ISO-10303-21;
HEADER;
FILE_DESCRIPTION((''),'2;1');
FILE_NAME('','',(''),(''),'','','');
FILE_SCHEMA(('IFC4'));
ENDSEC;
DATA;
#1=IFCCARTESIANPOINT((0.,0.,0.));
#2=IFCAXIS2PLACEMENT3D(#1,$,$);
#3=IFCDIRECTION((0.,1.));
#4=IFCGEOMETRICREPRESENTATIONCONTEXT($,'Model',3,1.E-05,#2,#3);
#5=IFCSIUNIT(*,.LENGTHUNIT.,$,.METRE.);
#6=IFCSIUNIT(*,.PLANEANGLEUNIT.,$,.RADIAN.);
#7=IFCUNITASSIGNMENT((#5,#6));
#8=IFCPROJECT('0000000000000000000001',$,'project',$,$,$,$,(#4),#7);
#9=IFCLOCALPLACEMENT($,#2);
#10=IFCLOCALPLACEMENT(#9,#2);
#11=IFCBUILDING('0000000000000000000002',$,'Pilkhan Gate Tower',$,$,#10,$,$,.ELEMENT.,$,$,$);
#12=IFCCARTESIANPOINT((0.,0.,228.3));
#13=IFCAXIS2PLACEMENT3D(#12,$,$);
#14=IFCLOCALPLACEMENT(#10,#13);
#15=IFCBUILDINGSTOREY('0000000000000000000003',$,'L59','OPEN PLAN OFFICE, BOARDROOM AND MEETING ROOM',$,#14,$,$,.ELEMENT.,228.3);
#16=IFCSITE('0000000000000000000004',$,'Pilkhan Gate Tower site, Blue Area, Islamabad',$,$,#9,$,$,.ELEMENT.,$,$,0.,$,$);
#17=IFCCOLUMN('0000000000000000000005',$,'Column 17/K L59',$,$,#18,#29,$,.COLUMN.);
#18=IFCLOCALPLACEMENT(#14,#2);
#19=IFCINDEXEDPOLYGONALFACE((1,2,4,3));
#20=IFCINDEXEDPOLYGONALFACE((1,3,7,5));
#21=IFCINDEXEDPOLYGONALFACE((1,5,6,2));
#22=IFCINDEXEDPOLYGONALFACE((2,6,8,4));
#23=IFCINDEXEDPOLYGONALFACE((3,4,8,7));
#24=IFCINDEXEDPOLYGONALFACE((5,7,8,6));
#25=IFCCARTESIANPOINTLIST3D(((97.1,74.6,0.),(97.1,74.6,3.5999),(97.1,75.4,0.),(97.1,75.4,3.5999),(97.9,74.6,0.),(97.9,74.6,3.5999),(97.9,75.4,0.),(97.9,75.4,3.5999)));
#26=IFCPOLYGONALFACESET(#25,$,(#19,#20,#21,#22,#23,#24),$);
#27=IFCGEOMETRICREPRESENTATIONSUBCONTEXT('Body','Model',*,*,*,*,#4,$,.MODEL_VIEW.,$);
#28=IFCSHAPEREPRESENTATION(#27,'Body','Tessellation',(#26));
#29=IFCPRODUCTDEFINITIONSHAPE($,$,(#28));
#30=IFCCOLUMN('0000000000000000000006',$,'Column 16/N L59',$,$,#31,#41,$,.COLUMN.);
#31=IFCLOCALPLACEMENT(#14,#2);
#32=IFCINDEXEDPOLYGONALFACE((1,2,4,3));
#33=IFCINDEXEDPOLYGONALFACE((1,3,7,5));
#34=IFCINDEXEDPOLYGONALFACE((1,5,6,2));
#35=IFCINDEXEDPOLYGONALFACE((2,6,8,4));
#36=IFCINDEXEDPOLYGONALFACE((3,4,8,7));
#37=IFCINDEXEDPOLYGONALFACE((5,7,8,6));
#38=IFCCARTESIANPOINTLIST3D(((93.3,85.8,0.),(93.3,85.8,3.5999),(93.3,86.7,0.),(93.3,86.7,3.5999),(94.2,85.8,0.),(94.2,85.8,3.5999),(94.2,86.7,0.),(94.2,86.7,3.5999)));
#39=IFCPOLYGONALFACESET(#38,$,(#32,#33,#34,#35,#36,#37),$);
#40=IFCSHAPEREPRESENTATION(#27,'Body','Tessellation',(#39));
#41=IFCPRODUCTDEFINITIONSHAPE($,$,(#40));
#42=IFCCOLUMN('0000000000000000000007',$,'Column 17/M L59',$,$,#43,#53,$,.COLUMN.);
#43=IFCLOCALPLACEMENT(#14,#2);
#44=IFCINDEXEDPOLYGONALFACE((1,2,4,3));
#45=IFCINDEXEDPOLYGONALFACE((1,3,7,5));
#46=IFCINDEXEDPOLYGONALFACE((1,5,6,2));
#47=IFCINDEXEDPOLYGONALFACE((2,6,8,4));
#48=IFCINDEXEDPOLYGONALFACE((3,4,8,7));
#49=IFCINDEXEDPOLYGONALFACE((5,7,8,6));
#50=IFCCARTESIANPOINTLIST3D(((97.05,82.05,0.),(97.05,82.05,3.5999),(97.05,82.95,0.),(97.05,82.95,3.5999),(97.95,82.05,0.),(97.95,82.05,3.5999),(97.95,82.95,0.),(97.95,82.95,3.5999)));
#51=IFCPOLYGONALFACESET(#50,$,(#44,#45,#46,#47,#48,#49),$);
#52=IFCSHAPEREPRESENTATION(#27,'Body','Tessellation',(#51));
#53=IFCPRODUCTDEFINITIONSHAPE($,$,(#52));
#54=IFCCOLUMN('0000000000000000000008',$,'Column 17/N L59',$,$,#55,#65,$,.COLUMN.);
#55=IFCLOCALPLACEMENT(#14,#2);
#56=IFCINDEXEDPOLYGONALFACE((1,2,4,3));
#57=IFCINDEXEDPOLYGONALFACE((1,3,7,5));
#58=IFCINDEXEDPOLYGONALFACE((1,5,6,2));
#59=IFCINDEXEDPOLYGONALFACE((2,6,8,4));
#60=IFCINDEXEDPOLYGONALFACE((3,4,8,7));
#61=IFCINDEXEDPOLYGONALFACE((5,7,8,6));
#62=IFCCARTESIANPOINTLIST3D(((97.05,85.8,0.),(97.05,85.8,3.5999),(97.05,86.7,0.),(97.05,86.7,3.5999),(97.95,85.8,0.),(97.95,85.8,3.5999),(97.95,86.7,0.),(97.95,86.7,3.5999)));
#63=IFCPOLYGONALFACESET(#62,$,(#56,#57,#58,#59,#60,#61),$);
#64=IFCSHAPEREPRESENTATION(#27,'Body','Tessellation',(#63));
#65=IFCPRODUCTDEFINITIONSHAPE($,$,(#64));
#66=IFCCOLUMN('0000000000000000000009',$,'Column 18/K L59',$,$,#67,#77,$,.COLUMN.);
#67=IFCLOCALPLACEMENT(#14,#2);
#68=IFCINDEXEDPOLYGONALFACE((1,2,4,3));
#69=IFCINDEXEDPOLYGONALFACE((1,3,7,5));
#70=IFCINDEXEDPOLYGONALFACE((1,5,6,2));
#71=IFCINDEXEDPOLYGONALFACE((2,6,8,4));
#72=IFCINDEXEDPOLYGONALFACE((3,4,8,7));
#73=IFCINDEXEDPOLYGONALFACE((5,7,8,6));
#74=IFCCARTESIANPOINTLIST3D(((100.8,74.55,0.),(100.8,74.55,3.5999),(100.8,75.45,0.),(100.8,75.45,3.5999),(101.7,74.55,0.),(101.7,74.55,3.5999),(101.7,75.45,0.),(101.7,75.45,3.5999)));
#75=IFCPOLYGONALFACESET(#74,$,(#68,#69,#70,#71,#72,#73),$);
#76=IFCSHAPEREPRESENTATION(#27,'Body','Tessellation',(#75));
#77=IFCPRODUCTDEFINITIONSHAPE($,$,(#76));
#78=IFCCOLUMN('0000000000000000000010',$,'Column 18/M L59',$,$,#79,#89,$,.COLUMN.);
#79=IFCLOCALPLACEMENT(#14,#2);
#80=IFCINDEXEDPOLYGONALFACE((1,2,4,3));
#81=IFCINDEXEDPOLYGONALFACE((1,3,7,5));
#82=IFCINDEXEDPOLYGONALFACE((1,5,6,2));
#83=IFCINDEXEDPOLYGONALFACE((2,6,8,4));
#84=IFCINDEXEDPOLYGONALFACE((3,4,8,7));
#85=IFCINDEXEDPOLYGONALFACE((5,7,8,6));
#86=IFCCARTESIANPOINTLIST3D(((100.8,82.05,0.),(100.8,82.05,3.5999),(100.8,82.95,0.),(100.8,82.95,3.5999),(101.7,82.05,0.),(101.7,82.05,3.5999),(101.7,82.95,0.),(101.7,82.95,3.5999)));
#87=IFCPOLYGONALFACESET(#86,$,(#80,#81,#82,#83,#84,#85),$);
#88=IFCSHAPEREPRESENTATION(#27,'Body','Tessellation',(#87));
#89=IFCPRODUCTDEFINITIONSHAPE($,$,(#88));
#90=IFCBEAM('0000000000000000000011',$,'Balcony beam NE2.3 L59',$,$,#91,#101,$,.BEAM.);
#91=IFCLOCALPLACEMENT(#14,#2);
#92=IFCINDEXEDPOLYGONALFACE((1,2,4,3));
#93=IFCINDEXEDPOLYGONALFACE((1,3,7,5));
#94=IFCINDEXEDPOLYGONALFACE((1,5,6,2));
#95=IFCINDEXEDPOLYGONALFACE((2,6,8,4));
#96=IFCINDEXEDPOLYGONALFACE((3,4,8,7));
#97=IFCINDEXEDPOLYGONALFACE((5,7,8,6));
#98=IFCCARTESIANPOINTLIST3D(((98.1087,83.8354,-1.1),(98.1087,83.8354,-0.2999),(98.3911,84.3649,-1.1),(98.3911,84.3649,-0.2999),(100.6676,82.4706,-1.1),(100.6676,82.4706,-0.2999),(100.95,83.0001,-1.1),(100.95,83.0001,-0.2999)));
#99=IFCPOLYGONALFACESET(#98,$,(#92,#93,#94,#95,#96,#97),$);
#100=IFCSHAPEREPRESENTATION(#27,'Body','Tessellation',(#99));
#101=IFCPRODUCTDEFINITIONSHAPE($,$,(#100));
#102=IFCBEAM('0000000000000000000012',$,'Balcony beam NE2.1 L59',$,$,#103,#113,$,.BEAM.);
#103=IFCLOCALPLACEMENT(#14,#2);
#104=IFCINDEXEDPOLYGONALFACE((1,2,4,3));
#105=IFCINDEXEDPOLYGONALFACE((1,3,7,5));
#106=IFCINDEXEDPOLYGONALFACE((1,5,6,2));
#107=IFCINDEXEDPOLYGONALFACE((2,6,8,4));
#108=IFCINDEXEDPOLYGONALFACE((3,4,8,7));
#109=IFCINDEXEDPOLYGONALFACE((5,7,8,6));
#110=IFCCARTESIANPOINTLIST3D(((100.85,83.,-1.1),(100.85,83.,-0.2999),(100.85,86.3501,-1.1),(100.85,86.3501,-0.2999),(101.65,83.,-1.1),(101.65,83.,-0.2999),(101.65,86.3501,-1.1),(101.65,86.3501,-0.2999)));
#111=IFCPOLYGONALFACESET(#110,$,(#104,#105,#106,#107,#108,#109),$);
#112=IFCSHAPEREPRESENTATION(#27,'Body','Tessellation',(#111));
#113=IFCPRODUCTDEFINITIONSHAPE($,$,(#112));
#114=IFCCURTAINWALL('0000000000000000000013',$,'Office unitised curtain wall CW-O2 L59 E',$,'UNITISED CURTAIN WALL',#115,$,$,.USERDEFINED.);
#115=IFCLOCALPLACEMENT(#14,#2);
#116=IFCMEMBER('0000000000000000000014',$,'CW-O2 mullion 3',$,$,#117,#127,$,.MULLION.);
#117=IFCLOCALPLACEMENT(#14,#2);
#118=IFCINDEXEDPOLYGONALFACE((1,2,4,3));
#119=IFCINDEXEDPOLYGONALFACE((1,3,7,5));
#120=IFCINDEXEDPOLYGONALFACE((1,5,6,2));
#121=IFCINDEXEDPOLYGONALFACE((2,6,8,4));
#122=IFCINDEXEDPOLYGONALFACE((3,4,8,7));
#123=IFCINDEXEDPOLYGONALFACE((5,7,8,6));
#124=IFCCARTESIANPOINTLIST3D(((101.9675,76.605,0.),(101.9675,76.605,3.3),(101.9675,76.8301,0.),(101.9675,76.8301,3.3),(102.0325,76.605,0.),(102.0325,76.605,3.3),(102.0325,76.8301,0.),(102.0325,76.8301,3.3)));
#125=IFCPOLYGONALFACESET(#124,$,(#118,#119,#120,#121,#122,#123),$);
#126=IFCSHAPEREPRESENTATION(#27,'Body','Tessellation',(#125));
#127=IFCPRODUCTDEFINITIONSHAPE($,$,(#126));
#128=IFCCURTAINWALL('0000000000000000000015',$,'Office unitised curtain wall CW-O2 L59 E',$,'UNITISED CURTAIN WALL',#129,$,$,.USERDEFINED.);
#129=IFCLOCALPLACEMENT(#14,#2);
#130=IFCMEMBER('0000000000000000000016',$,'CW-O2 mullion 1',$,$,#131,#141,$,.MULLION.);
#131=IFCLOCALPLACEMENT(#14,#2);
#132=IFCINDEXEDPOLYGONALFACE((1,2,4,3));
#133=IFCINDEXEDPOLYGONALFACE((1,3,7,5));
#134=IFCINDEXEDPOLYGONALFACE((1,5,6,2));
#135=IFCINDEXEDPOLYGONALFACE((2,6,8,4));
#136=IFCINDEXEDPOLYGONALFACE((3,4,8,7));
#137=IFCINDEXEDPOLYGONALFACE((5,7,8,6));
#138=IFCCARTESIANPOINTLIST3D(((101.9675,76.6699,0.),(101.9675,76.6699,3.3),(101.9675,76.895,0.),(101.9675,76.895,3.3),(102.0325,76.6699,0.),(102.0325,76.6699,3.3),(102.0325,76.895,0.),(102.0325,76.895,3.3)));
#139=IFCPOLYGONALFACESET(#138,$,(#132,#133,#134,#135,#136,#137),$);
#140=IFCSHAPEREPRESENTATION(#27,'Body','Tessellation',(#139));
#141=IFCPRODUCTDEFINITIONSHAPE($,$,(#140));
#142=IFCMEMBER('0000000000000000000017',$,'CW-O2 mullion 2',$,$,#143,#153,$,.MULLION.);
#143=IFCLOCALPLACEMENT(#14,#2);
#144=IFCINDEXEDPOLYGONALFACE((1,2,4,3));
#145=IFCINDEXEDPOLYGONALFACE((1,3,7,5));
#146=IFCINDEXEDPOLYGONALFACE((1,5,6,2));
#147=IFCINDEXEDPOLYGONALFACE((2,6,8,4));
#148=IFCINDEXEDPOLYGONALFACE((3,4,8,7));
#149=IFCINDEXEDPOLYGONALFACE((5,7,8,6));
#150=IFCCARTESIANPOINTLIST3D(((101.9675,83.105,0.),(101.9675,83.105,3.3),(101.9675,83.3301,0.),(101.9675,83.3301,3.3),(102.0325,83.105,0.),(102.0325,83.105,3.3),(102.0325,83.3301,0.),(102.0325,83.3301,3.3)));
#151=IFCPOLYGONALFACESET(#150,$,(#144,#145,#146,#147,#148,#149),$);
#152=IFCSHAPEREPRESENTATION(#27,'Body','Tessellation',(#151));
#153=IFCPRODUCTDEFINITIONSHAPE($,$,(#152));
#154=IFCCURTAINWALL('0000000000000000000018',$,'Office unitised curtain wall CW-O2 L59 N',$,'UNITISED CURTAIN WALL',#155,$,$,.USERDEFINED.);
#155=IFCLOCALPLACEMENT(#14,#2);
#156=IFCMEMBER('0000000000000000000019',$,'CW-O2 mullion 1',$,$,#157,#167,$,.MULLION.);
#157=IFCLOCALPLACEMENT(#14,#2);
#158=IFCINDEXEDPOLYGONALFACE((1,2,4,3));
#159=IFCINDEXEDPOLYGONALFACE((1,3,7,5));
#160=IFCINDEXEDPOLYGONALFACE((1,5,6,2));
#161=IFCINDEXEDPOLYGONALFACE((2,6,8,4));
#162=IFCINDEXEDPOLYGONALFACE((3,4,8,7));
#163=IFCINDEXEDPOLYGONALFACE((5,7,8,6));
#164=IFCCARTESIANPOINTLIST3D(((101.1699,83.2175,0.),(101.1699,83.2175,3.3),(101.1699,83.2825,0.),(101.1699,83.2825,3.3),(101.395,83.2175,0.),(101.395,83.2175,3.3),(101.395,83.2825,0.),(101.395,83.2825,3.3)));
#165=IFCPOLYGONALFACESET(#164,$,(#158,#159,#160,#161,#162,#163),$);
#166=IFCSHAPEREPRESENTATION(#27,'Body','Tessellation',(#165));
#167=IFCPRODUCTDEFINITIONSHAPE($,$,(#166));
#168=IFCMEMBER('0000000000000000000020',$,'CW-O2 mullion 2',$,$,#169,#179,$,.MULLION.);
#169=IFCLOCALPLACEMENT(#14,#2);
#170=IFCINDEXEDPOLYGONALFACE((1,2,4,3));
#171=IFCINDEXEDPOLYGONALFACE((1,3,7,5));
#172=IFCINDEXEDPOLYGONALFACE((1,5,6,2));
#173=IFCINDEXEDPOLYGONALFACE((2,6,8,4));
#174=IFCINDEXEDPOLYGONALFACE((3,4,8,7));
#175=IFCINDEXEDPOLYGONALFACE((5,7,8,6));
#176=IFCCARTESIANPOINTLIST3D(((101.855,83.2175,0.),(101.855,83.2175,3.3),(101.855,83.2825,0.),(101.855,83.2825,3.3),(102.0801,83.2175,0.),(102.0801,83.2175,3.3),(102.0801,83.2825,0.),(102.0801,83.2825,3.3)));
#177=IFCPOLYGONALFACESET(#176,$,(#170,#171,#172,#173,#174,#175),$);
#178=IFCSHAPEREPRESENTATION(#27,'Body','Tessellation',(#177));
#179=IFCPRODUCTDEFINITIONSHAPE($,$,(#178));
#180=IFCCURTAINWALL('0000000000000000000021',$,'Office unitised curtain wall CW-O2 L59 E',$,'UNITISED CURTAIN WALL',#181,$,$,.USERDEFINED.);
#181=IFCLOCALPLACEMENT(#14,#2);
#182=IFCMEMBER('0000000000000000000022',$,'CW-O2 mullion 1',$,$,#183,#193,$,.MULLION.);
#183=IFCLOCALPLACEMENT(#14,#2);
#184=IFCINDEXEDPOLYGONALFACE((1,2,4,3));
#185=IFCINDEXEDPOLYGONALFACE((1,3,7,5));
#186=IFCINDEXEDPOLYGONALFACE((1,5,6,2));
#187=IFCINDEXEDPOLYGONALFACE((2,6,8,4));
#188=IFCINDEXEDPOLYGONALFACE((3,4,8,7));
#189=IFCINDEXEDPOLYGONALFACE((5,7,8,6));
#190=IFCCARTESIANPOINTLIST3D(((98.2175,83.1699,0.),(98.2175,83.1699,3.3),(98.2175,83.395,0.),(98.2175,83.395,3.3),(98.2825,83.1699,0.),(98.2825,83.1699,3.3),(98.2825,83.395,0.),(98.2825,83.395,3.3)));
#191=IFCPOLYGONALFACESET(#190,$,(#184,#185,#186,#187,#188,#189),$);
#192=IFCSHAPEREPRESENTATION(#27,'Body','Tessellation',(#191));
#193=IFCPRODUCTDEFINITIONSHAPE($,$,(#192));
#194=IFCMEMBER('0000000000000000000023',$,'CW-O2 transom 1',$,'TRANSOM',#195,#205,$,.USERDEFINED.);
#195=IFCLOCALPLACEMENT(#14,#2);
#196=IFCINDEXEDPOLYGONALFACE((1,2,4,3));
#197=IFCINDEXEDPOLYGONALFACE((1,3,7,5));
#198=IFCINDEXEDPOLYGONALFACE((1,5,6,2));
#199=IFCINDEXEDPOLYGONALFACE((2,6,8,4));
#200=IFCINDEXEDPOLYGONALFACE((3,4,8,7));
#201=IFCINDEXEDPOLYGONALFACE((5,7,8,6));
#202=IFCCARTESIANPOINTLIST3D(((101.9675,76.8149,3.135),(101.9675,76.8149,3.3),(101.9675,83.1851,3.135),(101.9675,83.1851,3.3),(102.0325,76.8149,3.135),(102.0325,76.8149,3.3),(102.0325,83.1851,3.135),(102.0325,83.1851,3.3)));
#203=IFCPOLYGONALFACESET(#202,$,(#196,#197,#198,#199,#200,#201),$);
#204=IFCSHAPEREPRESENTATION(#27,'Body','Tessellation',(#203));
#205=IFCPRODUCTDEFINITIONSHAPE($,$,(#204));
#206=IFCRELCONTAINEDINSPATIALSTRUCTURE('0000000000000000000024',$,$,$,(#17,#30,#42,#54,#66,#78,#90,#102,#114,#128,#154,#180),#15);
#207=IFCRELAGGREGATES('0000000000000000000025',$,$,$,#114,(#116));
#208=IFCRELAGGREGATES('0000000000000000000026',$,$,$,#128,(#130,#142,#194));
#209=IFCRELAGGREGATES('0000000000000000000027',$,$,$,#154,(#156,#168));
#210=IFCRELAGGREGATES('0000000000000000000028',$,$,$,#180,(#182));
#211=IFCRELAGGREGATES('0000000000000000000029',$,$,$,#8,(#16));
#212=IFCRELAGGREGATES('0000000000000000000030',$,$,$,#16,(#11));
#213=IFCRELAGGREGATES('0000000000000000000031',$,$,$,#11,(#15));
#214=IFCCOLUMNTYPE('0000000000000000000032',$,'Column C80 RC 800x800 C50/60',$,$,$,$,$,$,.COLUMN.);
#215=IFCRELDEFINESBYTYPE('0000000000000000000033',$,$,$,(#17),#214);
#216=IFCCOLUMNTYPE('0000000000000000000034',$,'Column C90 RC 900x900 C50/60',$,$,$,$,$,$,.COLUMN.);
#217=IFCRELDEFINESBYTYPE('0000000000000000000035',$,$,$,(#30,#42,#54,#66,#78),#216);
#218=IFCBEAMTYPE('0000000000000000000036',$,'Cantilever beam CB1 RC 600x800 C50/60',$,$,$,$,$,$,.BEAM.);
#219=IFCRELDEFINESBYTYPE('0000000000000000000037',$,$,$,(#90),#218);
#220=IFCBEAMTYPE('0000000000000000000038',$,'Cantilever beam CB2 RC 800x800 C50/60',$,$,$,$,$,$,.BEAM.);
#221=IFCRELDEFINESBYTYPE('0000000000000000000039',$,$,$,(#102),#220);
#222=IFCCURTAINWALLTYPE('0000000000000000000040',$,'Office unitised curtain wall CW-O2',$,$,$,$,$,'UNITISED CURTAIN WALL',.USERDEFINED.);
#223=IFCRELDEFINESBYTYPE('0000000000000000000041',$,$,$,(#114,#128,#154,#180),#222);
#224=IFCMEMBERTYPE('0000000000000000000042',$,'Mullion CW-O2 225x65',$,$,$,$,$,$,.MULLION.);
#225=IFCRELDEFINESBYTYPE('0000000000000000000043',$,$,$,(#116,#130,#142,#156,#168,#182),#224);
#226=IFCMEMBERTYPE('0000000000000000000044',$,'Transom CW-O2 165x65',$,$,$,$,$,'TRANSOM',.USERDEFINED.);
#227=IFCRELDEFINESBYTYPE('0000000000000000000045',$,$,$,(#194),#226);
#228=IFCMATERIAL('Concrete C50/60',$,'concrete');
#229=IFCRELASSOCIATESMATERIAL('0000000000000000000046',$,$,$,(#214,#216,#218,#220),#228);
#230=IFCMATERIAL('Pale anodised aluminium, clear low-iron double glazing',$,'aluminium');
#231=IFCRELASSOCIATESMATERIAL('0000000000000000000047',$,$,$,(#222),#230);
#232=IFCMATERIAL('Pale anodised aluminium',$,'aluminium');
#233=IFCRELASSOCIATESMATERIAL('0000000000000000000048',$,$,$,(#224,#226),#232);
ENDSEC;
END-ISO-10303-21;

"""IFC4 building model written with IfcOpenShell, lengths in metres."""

from ifc_helpers import new_model, si_unit, direction, frame, origin, origin_2d, place, context, subcontext, project, spatial, rectangle, extrude, material, material_profile, profile_set, type_object, element, aggregate, save


model = new_model("IFC4")

# Units and contexts
model_context = context("Model", 3, precision=1e-05, world=origin(), true_north=direction((0.0, 1.0)))
body_context = subcontext(model_context, "Body", "Model", "MODEL_VIEW")
ifc_project = project(units=[si_unit("LENGTHUNIT", "METRE"), si_unit("PLANEANGLEUNIT", "RADIAN")], contexts=[model_context])

# Site, building, storey
site_placement = place(None, origin())
site = spatial("IfcSite", under=ifc_project, at=site_placement, Name="Pilkhan Gate Tower site, Blue Area, Islamabad", CompositionType="ELEMENT", RefElevation=0.0)
building_placement = place(site_placement, origin())
building = spatial("IfcBuilding", under=site, at=building_placement, Name="Pilkhan Gate Tower", CompositionType="ELEMENT")
storey_placement = place(building_placement, frame((0.0, 0.0, 228.3)))
storey = spatial("IfcBuildingStorey", under=building, at=storey_placement, Name="L59", Description="OPEN PLAN OFFICE, BOARDROOM AND MEETING ROOM", CompositionType="ELEMENT", Elevation=228.3)

# Columns
ifc_material_1 = material(Name="Concrete C50/60", Category="concrete")
ifc_material_profile_1 = material_profile(ifc_material_1, rectangle(XDim=0.8, YDim=0.8, at=origin_2d()), Name="RC 800x800")
ifc_profile_set_1 = profile_set([ifc_material_profile_1], Name="Concrete C50/60")
column_type_1 = type_object("IfcColumnType", Name="Column C80 RC 800x800 C50/60", PredefinedType="COLUMN", material=ifc_profile_set_1)
column_placement = place(storey_placement, frame((97.5, 75.0, 0.0), z_axis=(0.0, 0.0, 1.0), x_axis=(1.0, 0.0, 0.0)))
element("IfcColumn", 1, at=column_placement, inside=storey, type_object=column_type_1, Name="Column 17/K L59", PredefinedType="COLUMN", context=body_context, shape_type="SweptSolid", body=[
    extrude(rectangle(XDim=0.8, YDim=0.8, at=origin_2d()), origin(), (0.0, 0.0, 1.0), 3.5999),
])
ifc_material_profile_2 = material_profile(ifc_material_1, rectangle(XDim=0.8999, YDim=0.8999, at=origin_2d()), Name="RC 900x900")
ifc_profile_set_2 = profile_set([ifc_material_profile_2], Name="Concrete C50/60")
column_type_2 = type_object("IfcColumnType", Name="Column C90 RC 900x900 C50/60", PredefinedType="COLUMN", material=ifc_profile_set_2)
for number, where, z_axis, x_axis, name in (
    (2, (93.75, 86.25, 0.0), (0.0, 0.0, 1.0), (1.0, 0.0, 0.0), "Column 16/N L59"),
    (3, (97.5, 82.5, 0.0), (0.0, 0.0, 1.0), (1.0, 0.0, 0.0), "Column 17/M L59"),
    (4, (97.5, 86.25, 0.0), (0.0, 0.0, 1.0), (1.0, 0.0, 0.0), "Column 17/N L59"),
    (5, (101.25, 75.0, 0.0), (0.0, 0.0, 1.0), (1.0, 0.0, 0.0), "Column 18/K L59"),
    (6, (101.25, 82.5, 0.0), (0.0, 0.0, 1.0), (1.0, 0.0, 0.0), "Column 18/M L59"),
):
    element("IfcColumn", number, at=place(storey_placement, frame(where, z_axis=z_axis, x_axis=x_axis)), inside=storey, type_object=column_type_2, Name=name, PredefinedType="COLUMN", context=body_context, shape_type="SweptSolid", body=[
        extrude(rectangle(XDim=0.8999, YDim=0.8999, at=origin_2d()), origin(), (0.0, 0.0, 1.0), 3.5999),
    ])

# Beams
ifc_material_profile_3 = material_profile(ifc_material_1, rectangle(XDim=0.6001, YDim=0.8, at=origin_2d()), Name="RC 600x800")
ifc_profile_set_3 = profile_set([ifc_material_profile_3], Name="Concrete C50/60")
beam_type_1 = type_object("IfcBeamType", Name="Cantilever beam CB1 RC 600x800 C50/60", PredefinedType="BEAM", material=ifc_profile_set_3)
beam_1_placement = place(storey_placement, frame((100.8088, 82.7354, -0.7), z_axis=(-0.882348, 0.470597, 0.0), x_axis=(-0.470597, -0.882348, 0.0)))
element("IfcBeam", 7, at=beam_1_placement, inside=storey, type_object=beam_type_1, Name="Balcony beam NE2.3 L59", PredefinedType="BEAM", context=body_context, shape_type="SweptSolid", body=[
    extrude(rectangle(XDim=0.6001, YDim=0.8, at=origin_2d()), origin(), (0.0, 0.0, 1.0), 2.9001),
])
ifc_material_profile_4 = material_profile(ifc_material_1, rectangle(XDim=0.8, YDim=0.8, at=origin_2d()), Name="RC 800x800")
ifc_profile_set_4 = profile_set([ifc_material_profile_4], Name="Concrete C50/60")
beam_type_2 = type_object("IfcBeamType", Name="Cantilever beam CB2 RC 800x800 C50/60", PredefinedType="BEAM", material=ifc_profile_set_4)
beam_2_placement = place(storey_placement, frame((101.25, 83.0, -0.7), z_axis=(0.0, 1.0, 0.0), x_axis=(-1.0, 0.0, 0.0)))
element("IfcBeam", 8, at=beam_2_placement, inside=storey, type_object=beam_type_2, Name="Balcony beam NE2.1 L59", PredefinedType="BEAM", context=body_context, shape_type="SweptSolid", body=[
    extrude(rectangle(XDim=0.8, YDim=0.8, at=origin_2d()), origin(), (0.0, 0.0, 1.0), 3.3501),
])

# Curtain wall, member
ifc_material_2 = material(Name="Pale anodised aluminium, clear low-iron double glazing", Category="aluminium")
curtain_wall_type = type_object("IfcCurtainWallType", Name="Office unitised curtain wall CW-O2", ElementType="UNITISED CURTAIN WALL", PredefinedType="USERDEFINED", material=ifc_material_2)
curtain_wall_1_placement = place(storey_placement, origin())
curtain_wall_1 = element("IfcCurtainWall", 9, at=curtain_wall_1_placement, inside=storey, type_object=curtain_wall_type, Name="Office unitised curtain wall CW-O2 L59 E", ObjectType="UNITISED CURTAIN WALL", PredefinedType="USERDEFINED")
ifc_material_3 = material(Name="Pale anodised aluminium", Category="aluminium")
ifc_material_profile_5 = material_profile(ifc_material_3, rectangle(XDim=0.0649, YDim=0.2251, at=origin_2d()), Name="Mullion 225x65")
ifc_profile_set_5 = profile_set([ifc_material_profile_5], Name="Pale anodised aluminium")
member_type_1 = type_object("IfcMemberType", Name="Mullion CW-O2 225x65", PredefinedType="MULLION", material=ifc_profile_set_5)
member_1_placement = place(storey_placement, frame((102.0, 76.7175, 0.0), z_axis=(0.0, 0.0, 1.0), x_axis=(-1.0, 0.0, 0.0)))
member_1 = element("IfcMember", 10, at=member_1_placement, type_object=member_type_1, Name="CW-O2 mullion 3", PredefinedType="MULLION", context=body_context, shape_type="SweptSolid", body=[
    extrude(rectangle(XDim=0.0649, YDim=0.2251, at=origin_2d()), origin(), (0.0, 0.0, 1.0), 3.3),
])
aggregate(curtain_wall_1, [member_1])

# Curtain walls, members
curtain_wall_2_placement = place(storey_placement, origin())
curtain_wall_2 = element("IfcCurtainWall", 11, at=curtain_wall_2_placement, inside=storey, type_object=curtain_wall_type, Name="Office unitised curtain wall CW-O2 L59 E", ObjectType="UNITISED CURTAIN WALL", PredefinedType="USERDEFINED")
member_2_placement = place(storey_placement, frame((102.0, 76.7825, 0.0), z_axis=(0.0, 0.0, 1.0), x_axis=(-1.0, 0.0, 0.0)))
member_2 = element("IfcMember", 12, at=member_2_placement, type_object=member_type_1, Name="CW-O2 mullion 1", PredefinedType="MULLION", context=body_context, shape_type="SweptSolid", body=[
    extrude(rectangle(XDim=0.0649, YDim=0.2251, at=origin_2d()), origin(), (0.0, 0.0, 1.0), 3.3),
])
member_3_placement = place(storey_placement, frame((102.0, 83.2175, 0.0), z_axis=(0.0, 0.0, 1.0), x_axis=(-1.0, 0.0, 0.0)))
member_3 = element("IfcMember", 13, at=member_3_placement, type_object=member_type_1, Name="CW-O2 mullion 2", PredefinedType="MULLION", context=body_context, shape_type="SweptSolid", body=[
    extrude(rectangle(XDim=0.0649, YDim=0.2251, at=origin_2d()), origin(), (0.0, 0.0, 1.0), 3.3),
])
curtain_wall_3_placement = place(storey_placement, origin())
curtain_wall_3 = element("IfcCurtainWall", 14, at=curtain_wall_3_placement, inside=storey, type_object=curtain_wall_type, Name="Office unitised curtain wall CW-O2 L59 N", ObjectType="UNITISED CURTAIN WALL", PredefinedType="USERDEFINED")
member_4_placement = place(storey_placement, frame((101.2825, 83.25, 0.0), z_axis=(0.0, 0.0, 1.0), x_axis=(0.0, 1.0, 0.0)))
member_4 = element("IfcMember", 15, at=member_4_placement, type_object=member_type_1, Name="CW-O2 mullion 1", PredefinedType="MULLION", context=body_context, shape_type="SweptSolid", body=[
    extrude(rectangle(XDim=0.0649, YDim=0.2251, at=origin_2d()), origin(), (0.0, 0.0, 1.0), 3.3),
])
member_5_placement = place(storey_placement, frame((101.9675, 83.25, 0.0), z_axis=(0.0, 0.0, 1.0), x_axis=(0.0, 1.0, 0.0)))
member_5 = element("IfcMember", 16, at=member_5_placement, type_object=member_type_1, Name="CW-O2 mullion 2", PredefinedType="MULLION", context=body_context, shape_type="SweptSolid", body=[
    extrude(rectangle(XDim=0.0649, YDim=0.2251, at=origin_2d()), origin(), (0.0, 0.0, 1.0), 3.3),
])

# Curtain wall, member
curtain_wall_4_placement = place(storey_placement, origin())
curtain_wall_4 = element("IfcCurtainWall", 17, at=curtain_wall_4_placement, inside=storey, type_object=curtain_wall_type, Name="Office unitised curtain wall CW-O2 L59 E", ObjectType="UNITISED CURTAIN WALL", PredefinedType="USERDEFINED")
member_6_placement = place(storey_placement, frame((98.25, 83.2825, 0.0), z_axis=(0.0, 0.0, 1.0), x_axis=(-1.0, 0.0, 0.0)))
member_6 = element("IfcMember", 18, at=member_6_placement, type_object=member_type_1, Name="CW-O2 mullion 1", PredefinedType="MULLION", context=body_context, shape_type="SweptSolid", body=[
    extrude(rectangle(XDim=0.0649, YDim=0.2251, at=origin_2d()), origin(), (0.0, 0.0, 1.0), 3.3),
])

# Member
ifc_material_profile_6 = material_profile(ifc_material_3, rectangle(XDim=0.0649, YDim=0.165, at=origin_2d()), Name="Transom 165x65")
ifc_profile_set_6 = profile_set([ifc_material_profile_6], Name="Pale anodised aluminium")
member_type_2 = type_object("IfcMemberType", Name="Transom CW-O2 165x65", ElementType="TRANSOM", PredefinedType="USERDEFINED", material=ifc_profile_set_6)
member_7_placement = place(storey_placement, frame((102.0, 76.8149, 3.2175), z_axis=(0.0, 1.0, 0.0), x_axis=(-1.0, 0.0, 0.0)))
member_7 = element("IfcMember", 19, at=member_7_placement, type_object=member_type_2, Name="CW-O2 transom 1", ObjectType="TRANSOM", PredefinedType="USERDEFINED", context=body_context, shape_type="SweptSolid", body=[
    extrude(rectangle(XDim=0.0649, YDim=0.165, at=origin_2d()), origin(), (0.0, 0.0, 1.0), 6.3701),
])

aggregate(curtain_wall_2, [member_2, member_3, member_7])
aggregate(curtain_wall_3, [member_4, member_5])
aggregate(curtain_wall_4, [member_6])

save(model, "model.ifc")
